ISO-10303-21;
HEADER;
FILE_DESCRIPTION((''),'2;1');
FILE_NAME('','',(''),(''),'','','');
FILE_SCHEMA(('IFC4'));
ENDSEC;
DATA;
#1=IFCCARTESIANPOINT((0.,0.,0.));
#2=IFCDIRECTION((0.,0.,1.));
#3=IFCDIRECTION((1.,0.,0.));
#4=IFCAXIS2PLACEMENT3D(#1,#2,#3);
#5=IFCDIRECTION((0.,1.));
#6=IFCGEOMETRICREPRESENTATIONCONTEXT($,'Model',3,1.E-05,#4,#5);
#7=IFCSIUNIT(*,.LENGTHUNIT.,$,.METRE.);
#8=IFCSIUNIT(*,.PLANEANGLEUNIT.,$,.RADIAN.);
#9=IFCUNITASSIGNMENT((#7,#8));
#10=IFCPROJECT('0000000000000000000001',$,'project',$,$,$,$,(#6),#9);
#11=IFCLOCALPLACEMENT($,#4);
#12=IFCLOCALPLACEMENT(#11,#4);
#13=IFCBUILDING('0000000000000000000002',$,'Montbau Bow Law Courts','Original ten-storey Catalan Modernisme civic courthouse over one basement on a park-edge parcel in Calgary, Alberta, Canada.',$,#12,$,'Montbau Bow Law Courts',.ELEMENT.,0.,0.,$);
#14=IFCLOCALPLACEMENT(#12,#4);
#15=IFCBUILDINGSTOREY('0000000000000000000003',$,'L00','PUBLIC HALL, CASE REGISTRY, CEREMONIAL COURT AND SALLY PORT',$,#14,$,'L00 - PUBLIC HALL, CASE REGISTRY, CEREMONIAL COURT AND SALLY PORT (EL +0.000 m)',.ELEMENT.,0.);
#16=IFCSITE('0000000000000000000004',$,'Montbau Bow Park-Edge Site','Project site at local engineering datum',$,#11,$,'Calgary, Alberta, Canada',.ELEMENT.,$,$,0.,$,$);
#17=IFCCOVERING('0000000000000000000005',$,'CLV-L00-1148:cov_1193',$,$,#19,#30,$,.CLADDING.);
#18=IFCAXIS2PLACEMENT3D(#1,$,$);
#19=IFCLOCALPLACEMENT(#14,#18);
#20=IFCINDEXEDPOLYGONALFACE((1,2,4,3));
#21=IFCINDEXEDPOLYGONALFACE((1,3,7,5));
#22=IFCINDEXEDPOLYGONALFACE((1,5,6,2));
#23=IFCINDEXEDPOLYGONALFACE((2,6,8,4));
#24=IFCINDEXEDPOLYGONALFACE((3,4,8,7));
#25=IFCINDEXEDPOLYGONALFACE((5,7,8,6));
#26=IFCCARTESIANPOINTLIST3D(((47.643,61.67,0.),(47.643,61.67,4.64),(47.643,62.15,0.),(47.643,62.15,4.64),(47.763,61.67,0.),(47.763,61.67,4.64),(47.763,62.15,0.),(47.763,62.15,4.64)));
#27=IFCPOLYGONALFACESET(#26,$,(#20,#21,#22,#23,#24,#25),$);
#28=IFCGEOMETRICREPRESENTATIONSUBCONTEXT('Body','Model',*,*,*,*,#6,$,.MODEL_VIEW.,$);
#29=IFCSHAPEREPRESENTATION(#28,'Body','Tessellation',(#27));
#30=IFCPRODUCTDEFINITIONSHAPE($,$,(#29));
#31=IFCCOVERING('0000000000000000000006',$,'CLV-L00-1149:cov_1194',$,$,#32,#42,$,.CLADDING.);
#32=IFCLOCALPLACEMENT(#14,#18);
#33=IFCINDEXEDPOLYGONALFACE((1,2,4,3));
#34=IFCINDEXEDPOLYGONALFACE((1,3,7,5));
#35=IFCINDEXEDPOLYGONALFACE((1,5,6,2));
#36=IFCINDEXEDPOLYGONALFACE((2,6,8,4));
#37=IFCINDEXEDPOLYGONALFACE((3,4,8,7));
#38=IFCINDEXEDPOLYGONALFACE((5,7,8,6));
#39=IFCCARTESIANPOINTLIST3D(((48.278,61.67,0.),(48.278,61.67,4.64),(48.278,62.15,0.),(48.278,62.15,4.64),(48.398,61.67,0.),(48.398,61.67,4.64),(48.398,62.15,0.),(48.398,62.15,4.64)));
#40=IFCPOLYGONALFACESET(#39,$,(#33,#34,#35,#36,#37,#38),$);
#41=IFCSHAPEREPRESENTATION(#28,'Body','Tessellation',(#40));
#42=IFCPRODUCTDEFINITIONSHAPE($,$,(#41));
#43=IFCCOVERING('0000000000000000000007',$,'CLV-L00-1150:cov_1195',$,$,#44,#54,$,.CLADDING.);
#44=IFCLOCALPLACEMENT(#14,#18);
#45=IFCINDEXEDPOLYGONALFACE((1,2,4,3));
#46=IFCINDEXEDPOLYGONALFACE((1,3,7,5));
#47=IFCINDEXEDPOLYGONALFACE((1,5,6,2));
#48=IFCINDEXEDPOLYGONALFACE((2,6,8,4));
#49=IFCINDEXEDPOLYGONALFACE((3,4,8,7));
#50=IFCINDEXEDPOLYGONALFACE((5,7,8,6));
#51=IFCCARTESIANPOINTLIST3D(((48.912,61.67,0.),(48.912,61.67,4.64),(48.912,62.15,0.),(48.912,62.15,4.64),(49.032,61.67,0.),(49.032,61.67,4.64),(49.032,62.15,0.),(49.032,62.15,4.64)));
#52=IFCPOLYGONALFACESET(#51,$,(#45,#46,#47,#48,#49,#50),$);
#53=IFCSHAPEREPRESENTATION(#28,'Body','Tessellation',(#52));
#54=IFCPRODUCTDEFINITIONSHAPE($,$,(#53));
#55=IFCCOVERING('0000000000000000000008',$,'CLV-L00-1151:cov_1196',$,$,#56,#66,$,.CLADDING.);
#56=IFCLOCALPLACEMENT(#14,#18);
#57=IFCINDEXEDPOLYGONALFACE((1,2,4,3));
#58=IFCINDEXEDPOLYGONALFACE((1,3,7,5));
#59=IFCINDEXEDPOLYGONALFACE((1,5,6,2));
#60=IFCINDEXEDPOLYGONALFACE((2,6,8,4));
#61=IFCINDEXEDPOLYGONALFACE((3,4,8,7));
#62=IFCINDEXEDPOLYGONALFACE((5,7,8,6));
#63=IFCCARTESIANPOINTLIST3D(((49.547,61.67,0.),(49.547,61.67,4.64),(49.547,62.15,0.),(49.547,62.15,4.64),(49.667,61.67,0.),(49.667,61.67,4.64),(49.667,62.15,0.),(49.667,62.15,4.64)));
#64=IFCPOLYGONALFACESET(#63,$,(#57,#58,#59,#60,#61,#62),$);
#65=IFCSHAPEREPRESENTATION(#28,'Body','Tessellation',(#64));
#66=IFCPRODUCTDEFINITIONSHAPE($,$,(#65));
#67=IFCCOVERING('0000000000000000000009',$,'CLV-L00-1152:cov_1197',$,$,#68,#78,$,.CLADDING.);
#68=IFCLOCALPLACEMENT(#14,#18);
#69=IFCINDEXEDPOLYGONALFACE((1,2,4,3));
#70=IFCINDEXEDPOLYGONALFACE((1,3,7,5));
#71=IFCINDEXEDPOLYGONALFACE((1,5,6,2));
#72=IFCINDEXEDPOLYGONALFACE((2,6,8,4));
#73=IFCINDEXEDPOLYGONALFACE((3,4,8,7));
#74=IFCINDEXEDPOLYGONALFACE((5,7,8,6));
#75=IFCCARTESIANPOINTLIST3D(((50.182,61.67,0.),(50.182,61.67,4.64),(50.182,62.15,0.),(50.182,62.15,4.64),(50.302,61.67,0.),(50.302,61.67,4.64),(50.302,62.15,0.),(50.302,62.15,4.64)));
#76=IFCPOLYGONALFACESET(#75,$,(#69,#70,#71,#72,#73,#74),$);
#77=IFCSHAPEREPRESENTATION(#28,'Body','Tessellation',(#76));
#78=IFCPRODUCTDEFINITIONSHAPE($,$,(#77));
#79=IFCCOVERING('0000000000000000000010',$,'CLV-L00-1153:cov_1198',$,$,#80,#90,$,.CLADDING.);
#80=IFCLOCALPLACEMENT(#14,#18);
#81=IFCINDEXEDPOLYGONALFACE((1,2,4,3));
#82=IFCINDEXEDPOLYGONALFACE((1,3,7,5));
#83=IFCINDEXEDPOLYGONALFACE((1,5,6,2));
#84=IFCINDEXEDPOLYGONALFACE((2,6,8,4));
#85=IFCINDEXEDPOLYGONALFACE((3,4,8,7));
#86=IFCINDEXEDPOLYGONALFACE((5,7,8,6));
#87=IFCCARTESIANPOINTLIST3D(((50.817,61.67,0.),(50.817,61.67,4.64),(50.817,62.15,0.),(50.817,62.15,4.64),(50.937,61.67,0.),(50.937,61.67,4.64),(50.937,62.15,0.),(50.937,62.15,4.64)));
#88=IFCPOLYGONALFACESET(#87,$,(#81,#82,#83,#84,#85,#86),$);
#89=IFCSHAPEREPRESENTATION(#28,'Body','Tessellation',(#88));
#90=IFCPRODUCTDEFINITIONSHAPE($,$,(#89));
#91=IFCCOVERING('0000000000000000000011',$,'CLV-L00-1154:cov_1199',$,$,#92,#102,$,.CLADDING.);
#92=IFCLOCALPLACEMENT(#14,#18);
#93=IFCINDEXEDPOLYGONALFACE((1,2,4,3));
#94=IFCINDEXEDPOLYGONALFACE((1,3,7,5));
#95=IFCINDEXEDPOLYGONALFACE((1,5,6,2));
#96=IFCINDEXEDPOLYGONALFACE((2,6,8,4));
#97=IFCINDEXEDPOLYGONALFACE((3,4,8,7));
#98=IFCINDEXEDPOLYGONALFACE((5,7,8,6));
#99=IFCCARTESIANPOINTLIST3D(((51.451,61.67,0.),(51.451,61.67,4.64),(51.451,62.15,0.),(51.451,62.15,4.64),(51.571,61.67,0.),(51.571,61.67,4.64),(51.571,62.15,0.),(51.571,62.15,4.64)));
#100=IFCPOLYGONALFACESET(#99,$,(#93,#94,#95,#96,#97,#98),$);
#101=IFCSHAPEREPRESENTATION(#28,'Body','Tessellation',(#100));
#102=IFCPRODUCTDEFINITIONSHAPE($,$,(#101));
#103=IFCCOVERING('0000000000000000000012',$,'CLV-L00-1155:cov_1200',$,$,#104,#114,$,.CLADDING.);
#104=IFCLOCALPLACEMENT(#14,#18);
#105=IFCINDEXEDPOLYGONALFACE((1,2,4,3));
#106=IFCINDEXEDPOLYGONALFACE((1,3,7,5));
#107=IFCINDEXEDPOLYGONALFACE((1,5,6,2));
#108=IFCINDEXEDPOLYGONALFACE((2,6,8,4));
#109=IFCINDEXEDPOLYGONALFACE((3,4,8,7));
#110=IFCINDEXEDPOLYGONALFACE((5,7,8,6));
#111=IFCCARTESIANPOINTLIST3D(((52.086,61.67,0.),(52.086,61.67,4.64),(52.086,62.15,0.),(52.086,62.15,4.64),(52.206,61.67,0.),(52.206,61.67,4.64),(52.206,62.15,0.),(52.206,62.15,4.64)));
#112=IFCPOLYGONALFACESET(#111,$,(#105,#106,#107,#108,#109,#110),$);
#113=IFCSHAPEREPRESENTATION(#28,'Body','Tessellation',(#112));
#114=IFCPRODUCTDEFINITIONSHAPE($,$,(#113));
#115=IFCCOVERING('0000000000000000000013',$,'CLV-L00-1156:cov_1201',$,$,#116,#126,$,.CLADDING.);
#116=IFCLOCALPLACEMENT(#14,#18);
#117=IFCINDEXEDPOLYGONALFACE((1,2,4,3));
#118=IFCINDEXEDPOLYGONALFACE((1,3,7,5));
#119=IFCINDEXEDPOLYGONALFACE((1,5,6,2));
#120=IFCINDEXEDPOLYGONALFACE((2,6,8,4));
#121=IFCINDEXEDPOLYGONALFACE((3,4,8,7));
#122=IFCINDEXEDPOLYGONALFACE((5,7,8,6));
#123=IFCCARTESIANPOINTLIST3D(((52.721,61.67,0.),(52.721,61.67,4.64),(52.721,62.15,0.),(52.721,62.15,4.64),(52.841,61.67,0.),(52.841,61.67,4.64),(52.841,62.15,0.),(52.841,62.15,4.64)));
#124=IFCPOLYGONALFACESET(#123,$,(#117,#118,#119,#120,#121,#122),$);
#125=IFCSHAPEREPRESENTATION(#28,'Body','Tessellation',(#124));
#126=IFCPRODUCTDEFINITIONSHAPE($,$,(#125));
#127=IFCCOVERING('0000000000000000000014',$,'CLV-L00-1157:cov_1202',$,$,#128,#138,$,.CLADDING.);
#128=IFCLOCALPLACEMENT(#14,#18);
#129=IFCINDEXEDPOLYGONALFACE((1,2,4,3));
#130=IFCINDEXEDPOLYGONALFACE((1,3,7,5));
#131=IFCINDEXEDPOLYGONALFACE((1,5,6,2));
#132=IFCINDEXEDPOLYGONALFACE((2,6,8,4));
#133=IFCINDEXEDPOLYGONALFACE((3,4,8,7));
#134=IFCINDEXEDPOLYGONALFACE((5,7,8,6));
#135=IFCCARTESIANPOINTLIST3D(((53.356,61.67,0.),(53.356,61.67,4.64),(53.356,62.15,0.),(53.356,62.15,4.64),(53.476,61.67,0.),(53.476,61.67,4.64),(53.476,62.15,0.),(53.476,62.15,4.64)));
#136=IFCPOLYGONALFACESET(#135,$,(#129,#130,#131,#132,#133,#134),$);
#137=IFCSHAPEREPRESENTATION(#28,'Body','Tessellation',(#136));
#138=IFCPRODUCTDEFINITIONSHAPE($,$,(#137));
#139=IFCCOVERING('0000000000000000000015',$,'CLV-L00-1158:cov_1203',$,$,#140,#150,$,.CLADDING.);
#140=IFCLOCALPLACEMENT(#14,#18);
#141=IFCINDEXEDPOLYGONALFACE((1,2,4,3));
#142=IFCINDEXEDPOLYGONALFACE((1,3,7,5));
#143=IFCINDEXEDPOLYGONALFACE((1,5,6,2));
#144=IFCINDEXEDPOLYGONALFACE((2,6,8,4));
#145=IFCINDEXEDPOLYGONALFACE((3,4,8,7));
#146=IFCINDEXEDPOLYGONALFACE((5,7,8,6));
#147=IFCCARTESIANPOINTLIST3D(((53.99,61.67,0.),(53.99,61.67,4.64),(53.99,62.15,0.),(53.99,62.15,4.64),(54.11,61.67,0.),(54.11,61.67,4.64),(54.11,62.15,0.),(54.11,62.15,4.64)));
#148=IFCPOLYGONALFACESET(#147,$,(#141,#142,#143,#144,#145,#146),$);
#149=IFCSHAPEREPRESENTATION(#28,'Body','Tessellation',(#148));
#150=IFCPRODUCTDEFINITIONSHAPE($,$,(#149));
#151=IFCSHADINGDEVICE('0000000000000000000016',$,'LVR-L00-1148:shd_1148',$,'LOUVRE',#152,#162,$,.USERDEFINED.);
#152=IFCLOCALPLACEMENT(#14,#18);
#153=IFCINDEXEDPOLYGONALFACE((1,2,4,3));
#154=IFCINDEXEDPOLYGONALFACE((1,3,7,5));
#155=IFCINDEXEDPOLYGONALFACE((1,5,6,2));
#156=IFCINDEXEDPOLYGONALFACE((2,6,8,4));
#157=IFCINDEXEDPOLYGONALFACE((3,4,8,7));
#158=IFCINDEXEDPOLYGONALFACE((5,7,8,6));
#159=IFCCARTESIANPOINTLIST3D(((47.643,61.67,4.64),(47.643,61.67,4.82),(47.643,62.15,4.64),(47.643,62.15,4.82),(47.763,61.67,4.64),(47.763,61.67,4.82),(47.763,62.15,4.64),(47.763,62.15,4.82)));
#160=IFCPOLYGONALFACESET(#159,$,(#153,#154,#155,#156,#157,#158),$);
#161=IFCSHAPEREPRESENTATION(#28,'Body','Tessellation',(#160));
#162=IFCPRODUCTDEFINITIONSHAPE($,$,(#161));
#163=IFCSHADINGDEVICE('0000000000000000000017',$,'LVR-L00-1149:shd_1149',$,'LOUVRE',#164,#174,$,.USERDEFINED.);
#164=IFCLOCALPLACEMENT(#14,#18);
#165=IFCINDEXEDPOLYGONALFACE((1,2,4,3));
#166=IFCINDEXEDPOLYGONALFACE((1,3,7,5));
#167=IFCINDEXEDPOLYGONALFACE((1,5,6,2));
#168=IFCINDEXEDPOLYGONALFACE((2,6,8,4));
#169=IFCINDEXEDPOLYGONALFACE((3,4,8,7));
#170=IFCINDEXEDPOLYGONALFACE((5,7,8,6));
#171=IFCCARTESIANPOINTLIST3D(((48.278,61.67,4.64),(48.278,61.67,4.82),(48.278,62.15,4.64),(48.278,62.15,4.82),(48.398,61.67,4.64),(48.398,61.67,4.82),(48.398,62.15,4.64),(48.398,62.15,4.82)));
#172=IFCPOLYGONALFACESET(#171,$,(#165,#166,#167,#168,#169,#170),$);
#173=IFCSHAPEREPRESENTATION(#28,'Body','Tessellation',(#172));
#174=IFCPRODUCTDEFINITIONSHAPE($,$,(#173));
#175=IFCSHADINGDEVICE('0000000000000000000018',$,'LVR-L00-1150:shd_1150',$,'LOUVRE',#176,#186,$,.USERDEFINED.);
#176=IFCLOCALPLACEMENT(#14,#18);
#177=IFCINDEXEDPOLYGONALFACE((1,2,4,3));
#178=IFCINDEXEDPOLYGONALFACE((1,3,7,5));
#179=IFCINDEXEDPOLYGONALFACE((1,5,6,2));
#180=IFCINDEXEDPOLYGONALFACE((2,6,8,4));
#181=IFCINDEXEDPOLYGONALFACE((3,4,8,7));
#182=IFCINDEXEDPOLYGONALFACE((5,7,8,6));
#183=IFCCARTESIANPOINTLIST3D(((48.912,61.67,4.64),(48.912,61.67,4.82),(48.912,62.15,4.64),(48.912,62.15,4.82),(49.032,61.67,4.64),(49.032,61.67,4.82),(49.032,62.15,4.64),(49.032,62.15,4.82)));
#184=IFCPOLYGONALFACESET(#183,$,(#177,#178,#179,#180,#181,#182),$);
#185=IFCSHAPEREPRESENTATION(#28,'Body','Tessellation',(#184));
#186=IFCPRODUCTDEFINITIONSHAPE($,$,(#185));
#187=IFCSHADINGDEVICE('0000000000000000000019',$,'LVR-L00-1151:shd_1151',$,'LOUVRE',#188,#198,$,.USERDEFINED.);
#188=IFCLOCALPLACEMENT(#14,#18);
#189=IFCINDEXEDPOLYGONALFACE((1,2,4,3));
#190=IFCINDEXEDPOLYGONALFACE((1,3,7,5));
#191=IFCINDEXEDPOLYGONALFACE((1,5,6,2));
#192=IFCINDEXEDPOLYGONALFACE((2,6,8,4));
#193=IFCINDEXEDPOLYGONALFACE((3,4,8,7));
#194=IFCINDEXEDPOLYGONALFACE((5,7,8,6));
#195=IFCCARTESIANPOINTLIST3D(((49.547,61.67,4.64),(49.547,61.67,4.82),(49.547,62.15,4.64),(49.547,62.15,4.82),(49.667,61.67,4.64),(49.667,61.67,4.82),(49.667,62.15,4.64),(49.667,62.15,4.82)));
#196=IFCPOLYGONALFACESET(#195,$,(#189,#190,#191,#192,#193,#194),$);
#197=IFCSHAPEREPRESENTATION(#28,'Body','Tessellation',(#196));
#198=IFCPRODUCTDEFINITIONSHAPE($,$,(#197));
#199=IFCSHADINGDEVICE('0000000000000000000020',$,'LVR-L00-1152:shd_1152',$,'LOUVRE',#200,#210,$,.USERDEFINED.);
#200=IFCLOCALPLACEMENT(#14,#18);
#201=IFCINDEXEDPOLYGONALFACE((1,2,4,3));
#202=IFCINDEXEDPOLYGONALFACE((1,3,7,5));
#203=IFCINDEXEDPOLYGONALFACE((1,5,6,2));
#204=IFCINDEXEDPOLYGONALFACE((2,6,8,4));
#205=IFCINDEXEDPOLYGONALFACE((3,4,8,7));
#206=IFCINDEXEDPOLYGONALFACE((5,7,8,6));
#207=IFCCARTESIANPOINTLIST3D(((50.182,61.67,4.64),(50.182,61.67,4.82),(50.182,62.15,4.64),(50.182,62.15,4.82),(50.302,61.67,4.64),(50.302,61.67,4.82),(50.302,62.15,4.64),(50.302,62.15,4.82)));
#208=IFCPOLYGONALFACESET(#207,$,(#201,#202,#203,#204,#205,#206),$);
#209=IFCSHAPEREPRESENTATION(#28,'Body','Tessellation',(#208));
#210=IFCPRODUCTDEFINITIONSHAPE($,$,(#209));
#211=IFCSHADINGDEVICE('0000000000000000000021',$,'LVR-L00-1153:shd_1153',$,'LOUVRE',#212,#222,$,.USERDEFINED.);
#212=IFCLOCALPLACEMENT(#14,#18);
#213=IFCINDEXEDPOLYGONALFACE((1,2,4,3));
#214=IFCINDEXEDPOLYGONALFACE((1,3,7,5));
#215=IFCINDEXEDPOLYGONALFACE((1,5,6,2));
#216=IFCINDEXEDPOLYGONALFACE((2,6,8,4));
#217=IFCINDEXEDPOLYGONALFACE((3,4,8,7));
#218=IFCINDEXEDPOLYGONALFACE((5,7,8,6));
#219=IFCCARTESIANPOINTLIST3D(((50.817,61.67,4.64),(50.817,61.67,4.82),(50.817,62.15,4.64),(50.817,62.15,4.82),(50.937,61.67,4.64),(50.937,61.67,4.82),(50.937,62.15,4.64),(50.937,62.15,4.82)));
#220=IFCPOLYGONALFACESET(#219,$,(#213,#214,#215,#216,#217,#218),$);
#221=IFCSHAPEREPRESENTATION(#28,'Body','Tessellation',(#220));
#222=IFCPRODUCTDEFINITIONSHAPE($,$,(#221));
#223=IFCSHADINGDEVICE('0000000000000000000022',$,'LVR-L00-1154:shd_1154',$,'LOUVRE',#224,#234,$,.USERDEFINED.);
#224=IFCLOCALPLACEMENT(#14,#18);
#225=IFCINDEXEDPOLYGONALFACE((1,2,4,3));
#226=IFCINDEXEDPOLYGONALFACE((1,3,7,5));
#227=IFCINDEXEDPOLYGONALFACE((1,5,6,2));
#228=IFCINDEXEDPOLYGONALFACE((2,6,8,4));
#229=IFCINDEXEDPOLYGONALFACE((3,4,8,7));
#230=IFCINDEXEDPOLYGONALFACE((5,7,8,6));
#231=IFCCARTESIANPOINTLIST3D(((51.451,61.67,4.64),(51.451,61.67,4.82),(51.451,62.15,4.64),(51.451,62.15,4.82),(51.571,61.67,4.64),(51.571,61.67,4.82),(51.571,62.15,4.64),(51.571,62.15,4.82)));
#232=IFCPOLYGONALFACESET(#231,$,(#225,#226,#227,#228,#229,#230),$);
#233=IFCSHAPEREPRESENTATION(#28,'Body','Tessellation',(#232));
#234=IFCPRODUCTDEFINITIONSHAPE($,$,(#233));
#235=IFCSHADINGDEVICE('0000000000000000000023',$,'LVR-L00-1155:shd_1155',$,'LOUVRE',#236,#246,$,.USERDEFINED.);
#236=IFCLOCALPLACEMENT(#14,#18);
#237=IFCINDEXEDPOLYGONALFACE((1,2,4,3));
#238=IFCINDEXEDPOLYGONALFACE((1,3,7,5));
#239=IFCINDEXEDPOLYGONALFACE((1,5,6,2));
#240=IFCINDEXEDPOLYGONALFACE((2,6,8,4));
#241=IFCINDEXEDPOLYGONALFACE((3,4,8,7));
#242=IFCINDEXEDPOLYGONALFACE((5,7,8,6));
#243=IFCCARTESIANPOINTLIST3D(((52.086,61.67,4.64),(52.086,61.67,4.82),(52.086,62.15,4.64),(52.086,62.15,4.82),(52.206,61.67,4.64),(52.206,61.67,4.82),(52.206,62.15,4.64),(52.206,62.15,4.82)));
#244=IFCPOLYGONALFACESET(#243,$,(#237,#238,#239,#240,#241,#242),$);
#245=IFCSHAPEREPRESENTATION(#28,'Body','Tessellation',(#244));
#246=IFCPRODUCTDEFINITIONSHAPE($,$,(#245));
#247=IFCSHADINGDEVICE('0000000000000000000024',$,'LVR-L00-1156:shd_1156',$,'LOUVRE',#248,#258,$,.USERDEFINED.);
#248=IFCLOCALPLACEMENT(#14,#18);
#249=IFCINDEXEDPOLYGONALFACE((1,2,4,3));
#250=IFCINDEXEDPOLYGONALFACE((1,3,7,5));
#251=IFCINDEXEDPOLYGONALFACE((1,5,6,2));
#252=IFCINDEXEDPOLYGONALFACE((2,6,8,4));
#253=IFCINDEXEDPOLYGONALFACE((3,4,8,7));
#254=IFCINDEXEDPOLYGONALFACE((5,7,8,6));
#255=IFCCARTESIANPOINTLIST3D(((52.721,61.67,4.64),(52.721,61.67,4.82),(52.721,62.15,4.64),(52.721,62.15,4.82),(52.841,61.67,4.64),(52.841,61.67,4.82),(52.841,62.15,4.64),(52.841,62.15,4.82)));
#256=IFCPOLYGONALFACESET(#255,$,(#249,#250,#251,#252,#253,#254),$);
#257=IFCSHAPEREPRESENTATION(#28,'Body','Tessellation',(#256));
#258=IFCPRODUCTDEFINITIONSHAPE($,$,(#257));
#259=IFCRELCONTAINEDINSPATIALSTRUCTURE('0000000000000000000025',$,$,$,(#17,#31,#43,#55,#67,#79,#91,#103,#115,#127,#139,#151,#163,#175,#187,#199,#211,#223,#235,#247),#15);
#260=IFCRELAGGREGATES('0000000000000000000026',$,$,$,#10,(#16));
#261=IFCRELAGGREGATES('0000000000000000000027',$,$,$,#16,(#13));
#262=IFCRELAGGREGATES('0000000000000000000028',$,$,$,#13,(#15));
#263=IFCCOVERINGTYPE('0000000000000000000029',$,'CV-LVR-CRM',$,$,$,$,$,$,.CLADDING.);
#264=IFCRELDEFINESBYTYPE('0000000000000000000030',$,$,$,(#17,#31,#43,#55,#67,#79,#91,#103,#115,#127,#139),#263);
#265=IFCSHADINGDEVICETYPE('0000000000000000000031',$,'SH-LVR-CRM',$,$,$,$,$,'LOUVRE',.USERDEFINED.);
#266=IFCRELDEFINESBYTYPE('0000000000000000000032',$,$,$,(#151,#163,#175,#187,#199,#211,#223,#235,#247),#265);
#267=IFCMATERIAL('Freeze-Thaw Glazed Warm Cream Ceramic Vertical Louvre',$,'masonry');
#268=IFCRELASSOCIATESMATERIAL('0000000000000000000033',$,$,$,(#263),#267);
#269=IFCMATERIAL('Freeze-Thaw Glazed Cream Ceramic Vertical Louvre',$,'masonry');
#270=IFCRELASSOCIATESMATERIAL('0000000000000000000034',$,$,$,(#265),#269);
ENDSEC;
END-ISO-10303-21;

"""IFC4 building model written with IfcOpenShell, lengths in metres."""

from ifc_helpers import new_model, si_unit, direction, frame, frame_2d, origin_with_axes, origin_2d_with_axis, place, context, subcontext, project, spatial, rectangle, extrude, material, type_object, element, save


model = new_model("IFC4")

# Units and contexts
model_context = context("Model", 3, precision=1e-05, world=origin_with_axes(), true_north=direction((0.0, 1.0)))
body_context = subcontext(model_context, "Body", "Model", "MODEL_VIEW")
ifc_project = project(units=[si_unit("LENGTHUNIT", "METRE"), si_unit("PLANEANGLEUNIT", "RADIAN")], contexts=[model_context])

# Site, building, storey
site_placement = place(None, origin_with_axes())
site = spatial("IfcSite", under=ifc_project, at=site_placement, Name="Montbau Bow Park-Edge Site", Description="Project site at local engineering datum", LongName="Calgary, Alberta, Canada", CompositionType="ELEMENT", RefElevation=0.0)
building_placement = place(site_placement, origin_with_axes())
building = spatial("IfcBuilding", under=site, at=building_placement, Name="Montbau Bow Law Courts", Description="Original ten-storey Catalan Modernisme civic courthouse over one basement on a park-edge parcel in Calgary, Alberta, Canada.", LongName="Montbau Bow Law Courts", CompositionType="ELEMENT", ElevationOfRefHeight=0.0, ElevationOfTerrain=0.0)
storey_placement = place(building_placement, origin_with_axes())
storey = spatial("IfcBuildingStorey", under=building, at=storey_placement, Name="L00", Description="PUBLIC HALL, CASE REGISTRY, CEREMONIAL COURT AND SALLY PORT", LongName="L00 - PUBLIC HALL, CASE REGISTRY, CEREMONIAL COURT AND SALLY PORT (EL +0.000 m)", CompositionType="ELEMENT", Elevation=0.0)

# Coverings
ifc_material_1 = material(Name="Freeze-Thaw Glazed Warm Cream Ceramic Vertical Louvre", Category="masonry")
covering_type = type_object("IfcCoveringType", Name="CV-LVR-CRM", PredefinedType="CLADDING", material=ifc_material_1)
for number, where, z_axis, x_axis, name in (
    (1, (47.703, 61.67, 0.0), (1.0, 0.0, 0.0), (0.0, 1.0, 0.0), "CLV-L00-1148:cov_1193"),
    (2, (48.338, 61.67, 0.0), (1.0, 0.0, 0.0), (0.0, 1.0, 0.0), "CLV-L00-1149:cov_1194"),
    (3, (48.972, 61.67, 0.0), (1.0, 0.0, 0.0), (0.0, 1.0, 0.0), "CLV-L00-1150:cov_1195"),
    (4, (49.607, 61.67, 0.0), (1.0, 0.0, 0.0), (0.0, 1.0, 0.0), "CLV-L00-1151:cov_1196"),
    (5, (50.242, 61.67, 0.0), (1.0, 0.0, 0.0), (0.0, 1.0, 0.0), "CLV-L00-1152:cov_1197"),
    (6, (50.877, 61.67, 0.0), (1.0, 0.0, 0.0), (0.0, 1.0, 0.0), "CLV-L00-1153:cov_1198"),
    (7, (51.511, 61.67, 0.0), (1.0, 0.0, 0.0), (0.0, 1.0, 0.0), "CLV-L00-1154:cov_1199"),
    (8, (52.146, 61.67, 0.0), (1.0, 0.0, 0.0), (0.0, 1.0, 0.0), "CLV-L00-1155:cov_1200"),
    (9, (52.781, 61.67, 0.0), (1.0, 0.0, 0.0), (0.0, 1.0, 0.0), "CLV-L00-1156:cov_1201"),
    (10, (53.416, 61.67, 0.0), (1.0, 0.0, 0.0), (0.0, 1.0, 0.0), "CLV-L00-1157:cov_1202"),
    (11, (54.05, 61.67, 0.0), (1.0, 0.0, 0.0), (0.0, 1.0, 0.0), "CLV-L00-1158:cov_1203"),
):
    element("IfcCovering", number, at=place(None, frame(where, z_axis=z_axis, x_axis=x_axis)), inside=storey, type_object=covering_type, Name=name, PredefinedType="CLADDING", context=body_context, shape_type="SweptSolid", body=[
        extrude(rectangle(XDim=0.48, YDim=4.64, at=frame_2d((0.24, 2.32), x_axis=(1.0, 0.0))), frame((0.0, 0.0, -0.06), z_axis=(0.0, 0.0, 1.0), x_axis=(1.0, 0.0, 0.0)), (0.0, 0.0, 1.0), 0.12),
    ])

# Shading devices
ifc_material_2 = material(Name="Freeze-Thaw Glazed Cream Ceramic Vertical Louvre", Category="masonry")
shading_device_type = type_object("IfcShadingDeviceType", Name="SH-LVR-CRM", ElementType="LOUVRE", PredefinedType="USERDEFINED", material=ifc_material_2)
for number, where, z_axis, x_axis, name in (
    (12, (47.703, 61.91, 4.64), (0.0, 0.0, 1.0), (0.0, 1.0, 0.0), "LVR-L00-1148:shd_1148"),
    (13, (48.338, 61.91, 4.64), (0.0, 0.0, 1.0), (0.0, 1.0, 0.0), "LVR-L00-1149:shd_1149"),
    (14, (48.972, 61.91, 4.64), (0.0, 0.0, 1.0), (0.0, 1.0, 0.0), "LVR-L00-1150:shd_1150"),
    (15, (49.607, 61.91, 4.64), (0.0, 0.0, 1.0), (0.0, 1.0, 0.0), "LVR-L00-1151:shd_1151"),
    (16, (50.242, 61.91, 4.64), (0.0, 0.0, 1.0), (0.0, 1.0, 0.0), "LVR-L00-1152:shd_1152"),
    (17, (50.877, 61.91, 4.64), (0.0, 0.0, 1.0), (0.0, 1.0, 0.0), "LVR-L00-1153:shd_1153"),
    (18, (51.511, 61.91, 4.64), (0.0, 0.0, 1.0), (0.0, 1.0, 0.0), "LVR-L00-1154:shd_1154"),
    (19, (52.146, 61.91, 4.64), (0.0, 0.0, 1.0), (0.0, 1.0, 0.0), "LVR-L00-1155:shd_1155"),
    (20, (52.781, 61.91, 4.64), (0.0, 0.0, 1.0), (0.0, 1.0, 0.0), "LVR-L00-1156:shd_1156"),
):
    element("IfcShadingDevice", number, at=place(None, frame(where, z_axis=z_axis, x_axis=x_axis)), inside=storey, type_object=shading_device_type, Name=name, ObjectType="LOUVRE", PredefinedType="USERDEFINED", context=body_context, shape_type="SweptSolid", body=[
        extrude(rectangle(XDim=0.48, YDim=0.12, at=origin_2d_with_axis()), origin_with_axes(), (0.0, 0.0, 1.0), 0.18),
    ])

save(model, "model.ifc")
